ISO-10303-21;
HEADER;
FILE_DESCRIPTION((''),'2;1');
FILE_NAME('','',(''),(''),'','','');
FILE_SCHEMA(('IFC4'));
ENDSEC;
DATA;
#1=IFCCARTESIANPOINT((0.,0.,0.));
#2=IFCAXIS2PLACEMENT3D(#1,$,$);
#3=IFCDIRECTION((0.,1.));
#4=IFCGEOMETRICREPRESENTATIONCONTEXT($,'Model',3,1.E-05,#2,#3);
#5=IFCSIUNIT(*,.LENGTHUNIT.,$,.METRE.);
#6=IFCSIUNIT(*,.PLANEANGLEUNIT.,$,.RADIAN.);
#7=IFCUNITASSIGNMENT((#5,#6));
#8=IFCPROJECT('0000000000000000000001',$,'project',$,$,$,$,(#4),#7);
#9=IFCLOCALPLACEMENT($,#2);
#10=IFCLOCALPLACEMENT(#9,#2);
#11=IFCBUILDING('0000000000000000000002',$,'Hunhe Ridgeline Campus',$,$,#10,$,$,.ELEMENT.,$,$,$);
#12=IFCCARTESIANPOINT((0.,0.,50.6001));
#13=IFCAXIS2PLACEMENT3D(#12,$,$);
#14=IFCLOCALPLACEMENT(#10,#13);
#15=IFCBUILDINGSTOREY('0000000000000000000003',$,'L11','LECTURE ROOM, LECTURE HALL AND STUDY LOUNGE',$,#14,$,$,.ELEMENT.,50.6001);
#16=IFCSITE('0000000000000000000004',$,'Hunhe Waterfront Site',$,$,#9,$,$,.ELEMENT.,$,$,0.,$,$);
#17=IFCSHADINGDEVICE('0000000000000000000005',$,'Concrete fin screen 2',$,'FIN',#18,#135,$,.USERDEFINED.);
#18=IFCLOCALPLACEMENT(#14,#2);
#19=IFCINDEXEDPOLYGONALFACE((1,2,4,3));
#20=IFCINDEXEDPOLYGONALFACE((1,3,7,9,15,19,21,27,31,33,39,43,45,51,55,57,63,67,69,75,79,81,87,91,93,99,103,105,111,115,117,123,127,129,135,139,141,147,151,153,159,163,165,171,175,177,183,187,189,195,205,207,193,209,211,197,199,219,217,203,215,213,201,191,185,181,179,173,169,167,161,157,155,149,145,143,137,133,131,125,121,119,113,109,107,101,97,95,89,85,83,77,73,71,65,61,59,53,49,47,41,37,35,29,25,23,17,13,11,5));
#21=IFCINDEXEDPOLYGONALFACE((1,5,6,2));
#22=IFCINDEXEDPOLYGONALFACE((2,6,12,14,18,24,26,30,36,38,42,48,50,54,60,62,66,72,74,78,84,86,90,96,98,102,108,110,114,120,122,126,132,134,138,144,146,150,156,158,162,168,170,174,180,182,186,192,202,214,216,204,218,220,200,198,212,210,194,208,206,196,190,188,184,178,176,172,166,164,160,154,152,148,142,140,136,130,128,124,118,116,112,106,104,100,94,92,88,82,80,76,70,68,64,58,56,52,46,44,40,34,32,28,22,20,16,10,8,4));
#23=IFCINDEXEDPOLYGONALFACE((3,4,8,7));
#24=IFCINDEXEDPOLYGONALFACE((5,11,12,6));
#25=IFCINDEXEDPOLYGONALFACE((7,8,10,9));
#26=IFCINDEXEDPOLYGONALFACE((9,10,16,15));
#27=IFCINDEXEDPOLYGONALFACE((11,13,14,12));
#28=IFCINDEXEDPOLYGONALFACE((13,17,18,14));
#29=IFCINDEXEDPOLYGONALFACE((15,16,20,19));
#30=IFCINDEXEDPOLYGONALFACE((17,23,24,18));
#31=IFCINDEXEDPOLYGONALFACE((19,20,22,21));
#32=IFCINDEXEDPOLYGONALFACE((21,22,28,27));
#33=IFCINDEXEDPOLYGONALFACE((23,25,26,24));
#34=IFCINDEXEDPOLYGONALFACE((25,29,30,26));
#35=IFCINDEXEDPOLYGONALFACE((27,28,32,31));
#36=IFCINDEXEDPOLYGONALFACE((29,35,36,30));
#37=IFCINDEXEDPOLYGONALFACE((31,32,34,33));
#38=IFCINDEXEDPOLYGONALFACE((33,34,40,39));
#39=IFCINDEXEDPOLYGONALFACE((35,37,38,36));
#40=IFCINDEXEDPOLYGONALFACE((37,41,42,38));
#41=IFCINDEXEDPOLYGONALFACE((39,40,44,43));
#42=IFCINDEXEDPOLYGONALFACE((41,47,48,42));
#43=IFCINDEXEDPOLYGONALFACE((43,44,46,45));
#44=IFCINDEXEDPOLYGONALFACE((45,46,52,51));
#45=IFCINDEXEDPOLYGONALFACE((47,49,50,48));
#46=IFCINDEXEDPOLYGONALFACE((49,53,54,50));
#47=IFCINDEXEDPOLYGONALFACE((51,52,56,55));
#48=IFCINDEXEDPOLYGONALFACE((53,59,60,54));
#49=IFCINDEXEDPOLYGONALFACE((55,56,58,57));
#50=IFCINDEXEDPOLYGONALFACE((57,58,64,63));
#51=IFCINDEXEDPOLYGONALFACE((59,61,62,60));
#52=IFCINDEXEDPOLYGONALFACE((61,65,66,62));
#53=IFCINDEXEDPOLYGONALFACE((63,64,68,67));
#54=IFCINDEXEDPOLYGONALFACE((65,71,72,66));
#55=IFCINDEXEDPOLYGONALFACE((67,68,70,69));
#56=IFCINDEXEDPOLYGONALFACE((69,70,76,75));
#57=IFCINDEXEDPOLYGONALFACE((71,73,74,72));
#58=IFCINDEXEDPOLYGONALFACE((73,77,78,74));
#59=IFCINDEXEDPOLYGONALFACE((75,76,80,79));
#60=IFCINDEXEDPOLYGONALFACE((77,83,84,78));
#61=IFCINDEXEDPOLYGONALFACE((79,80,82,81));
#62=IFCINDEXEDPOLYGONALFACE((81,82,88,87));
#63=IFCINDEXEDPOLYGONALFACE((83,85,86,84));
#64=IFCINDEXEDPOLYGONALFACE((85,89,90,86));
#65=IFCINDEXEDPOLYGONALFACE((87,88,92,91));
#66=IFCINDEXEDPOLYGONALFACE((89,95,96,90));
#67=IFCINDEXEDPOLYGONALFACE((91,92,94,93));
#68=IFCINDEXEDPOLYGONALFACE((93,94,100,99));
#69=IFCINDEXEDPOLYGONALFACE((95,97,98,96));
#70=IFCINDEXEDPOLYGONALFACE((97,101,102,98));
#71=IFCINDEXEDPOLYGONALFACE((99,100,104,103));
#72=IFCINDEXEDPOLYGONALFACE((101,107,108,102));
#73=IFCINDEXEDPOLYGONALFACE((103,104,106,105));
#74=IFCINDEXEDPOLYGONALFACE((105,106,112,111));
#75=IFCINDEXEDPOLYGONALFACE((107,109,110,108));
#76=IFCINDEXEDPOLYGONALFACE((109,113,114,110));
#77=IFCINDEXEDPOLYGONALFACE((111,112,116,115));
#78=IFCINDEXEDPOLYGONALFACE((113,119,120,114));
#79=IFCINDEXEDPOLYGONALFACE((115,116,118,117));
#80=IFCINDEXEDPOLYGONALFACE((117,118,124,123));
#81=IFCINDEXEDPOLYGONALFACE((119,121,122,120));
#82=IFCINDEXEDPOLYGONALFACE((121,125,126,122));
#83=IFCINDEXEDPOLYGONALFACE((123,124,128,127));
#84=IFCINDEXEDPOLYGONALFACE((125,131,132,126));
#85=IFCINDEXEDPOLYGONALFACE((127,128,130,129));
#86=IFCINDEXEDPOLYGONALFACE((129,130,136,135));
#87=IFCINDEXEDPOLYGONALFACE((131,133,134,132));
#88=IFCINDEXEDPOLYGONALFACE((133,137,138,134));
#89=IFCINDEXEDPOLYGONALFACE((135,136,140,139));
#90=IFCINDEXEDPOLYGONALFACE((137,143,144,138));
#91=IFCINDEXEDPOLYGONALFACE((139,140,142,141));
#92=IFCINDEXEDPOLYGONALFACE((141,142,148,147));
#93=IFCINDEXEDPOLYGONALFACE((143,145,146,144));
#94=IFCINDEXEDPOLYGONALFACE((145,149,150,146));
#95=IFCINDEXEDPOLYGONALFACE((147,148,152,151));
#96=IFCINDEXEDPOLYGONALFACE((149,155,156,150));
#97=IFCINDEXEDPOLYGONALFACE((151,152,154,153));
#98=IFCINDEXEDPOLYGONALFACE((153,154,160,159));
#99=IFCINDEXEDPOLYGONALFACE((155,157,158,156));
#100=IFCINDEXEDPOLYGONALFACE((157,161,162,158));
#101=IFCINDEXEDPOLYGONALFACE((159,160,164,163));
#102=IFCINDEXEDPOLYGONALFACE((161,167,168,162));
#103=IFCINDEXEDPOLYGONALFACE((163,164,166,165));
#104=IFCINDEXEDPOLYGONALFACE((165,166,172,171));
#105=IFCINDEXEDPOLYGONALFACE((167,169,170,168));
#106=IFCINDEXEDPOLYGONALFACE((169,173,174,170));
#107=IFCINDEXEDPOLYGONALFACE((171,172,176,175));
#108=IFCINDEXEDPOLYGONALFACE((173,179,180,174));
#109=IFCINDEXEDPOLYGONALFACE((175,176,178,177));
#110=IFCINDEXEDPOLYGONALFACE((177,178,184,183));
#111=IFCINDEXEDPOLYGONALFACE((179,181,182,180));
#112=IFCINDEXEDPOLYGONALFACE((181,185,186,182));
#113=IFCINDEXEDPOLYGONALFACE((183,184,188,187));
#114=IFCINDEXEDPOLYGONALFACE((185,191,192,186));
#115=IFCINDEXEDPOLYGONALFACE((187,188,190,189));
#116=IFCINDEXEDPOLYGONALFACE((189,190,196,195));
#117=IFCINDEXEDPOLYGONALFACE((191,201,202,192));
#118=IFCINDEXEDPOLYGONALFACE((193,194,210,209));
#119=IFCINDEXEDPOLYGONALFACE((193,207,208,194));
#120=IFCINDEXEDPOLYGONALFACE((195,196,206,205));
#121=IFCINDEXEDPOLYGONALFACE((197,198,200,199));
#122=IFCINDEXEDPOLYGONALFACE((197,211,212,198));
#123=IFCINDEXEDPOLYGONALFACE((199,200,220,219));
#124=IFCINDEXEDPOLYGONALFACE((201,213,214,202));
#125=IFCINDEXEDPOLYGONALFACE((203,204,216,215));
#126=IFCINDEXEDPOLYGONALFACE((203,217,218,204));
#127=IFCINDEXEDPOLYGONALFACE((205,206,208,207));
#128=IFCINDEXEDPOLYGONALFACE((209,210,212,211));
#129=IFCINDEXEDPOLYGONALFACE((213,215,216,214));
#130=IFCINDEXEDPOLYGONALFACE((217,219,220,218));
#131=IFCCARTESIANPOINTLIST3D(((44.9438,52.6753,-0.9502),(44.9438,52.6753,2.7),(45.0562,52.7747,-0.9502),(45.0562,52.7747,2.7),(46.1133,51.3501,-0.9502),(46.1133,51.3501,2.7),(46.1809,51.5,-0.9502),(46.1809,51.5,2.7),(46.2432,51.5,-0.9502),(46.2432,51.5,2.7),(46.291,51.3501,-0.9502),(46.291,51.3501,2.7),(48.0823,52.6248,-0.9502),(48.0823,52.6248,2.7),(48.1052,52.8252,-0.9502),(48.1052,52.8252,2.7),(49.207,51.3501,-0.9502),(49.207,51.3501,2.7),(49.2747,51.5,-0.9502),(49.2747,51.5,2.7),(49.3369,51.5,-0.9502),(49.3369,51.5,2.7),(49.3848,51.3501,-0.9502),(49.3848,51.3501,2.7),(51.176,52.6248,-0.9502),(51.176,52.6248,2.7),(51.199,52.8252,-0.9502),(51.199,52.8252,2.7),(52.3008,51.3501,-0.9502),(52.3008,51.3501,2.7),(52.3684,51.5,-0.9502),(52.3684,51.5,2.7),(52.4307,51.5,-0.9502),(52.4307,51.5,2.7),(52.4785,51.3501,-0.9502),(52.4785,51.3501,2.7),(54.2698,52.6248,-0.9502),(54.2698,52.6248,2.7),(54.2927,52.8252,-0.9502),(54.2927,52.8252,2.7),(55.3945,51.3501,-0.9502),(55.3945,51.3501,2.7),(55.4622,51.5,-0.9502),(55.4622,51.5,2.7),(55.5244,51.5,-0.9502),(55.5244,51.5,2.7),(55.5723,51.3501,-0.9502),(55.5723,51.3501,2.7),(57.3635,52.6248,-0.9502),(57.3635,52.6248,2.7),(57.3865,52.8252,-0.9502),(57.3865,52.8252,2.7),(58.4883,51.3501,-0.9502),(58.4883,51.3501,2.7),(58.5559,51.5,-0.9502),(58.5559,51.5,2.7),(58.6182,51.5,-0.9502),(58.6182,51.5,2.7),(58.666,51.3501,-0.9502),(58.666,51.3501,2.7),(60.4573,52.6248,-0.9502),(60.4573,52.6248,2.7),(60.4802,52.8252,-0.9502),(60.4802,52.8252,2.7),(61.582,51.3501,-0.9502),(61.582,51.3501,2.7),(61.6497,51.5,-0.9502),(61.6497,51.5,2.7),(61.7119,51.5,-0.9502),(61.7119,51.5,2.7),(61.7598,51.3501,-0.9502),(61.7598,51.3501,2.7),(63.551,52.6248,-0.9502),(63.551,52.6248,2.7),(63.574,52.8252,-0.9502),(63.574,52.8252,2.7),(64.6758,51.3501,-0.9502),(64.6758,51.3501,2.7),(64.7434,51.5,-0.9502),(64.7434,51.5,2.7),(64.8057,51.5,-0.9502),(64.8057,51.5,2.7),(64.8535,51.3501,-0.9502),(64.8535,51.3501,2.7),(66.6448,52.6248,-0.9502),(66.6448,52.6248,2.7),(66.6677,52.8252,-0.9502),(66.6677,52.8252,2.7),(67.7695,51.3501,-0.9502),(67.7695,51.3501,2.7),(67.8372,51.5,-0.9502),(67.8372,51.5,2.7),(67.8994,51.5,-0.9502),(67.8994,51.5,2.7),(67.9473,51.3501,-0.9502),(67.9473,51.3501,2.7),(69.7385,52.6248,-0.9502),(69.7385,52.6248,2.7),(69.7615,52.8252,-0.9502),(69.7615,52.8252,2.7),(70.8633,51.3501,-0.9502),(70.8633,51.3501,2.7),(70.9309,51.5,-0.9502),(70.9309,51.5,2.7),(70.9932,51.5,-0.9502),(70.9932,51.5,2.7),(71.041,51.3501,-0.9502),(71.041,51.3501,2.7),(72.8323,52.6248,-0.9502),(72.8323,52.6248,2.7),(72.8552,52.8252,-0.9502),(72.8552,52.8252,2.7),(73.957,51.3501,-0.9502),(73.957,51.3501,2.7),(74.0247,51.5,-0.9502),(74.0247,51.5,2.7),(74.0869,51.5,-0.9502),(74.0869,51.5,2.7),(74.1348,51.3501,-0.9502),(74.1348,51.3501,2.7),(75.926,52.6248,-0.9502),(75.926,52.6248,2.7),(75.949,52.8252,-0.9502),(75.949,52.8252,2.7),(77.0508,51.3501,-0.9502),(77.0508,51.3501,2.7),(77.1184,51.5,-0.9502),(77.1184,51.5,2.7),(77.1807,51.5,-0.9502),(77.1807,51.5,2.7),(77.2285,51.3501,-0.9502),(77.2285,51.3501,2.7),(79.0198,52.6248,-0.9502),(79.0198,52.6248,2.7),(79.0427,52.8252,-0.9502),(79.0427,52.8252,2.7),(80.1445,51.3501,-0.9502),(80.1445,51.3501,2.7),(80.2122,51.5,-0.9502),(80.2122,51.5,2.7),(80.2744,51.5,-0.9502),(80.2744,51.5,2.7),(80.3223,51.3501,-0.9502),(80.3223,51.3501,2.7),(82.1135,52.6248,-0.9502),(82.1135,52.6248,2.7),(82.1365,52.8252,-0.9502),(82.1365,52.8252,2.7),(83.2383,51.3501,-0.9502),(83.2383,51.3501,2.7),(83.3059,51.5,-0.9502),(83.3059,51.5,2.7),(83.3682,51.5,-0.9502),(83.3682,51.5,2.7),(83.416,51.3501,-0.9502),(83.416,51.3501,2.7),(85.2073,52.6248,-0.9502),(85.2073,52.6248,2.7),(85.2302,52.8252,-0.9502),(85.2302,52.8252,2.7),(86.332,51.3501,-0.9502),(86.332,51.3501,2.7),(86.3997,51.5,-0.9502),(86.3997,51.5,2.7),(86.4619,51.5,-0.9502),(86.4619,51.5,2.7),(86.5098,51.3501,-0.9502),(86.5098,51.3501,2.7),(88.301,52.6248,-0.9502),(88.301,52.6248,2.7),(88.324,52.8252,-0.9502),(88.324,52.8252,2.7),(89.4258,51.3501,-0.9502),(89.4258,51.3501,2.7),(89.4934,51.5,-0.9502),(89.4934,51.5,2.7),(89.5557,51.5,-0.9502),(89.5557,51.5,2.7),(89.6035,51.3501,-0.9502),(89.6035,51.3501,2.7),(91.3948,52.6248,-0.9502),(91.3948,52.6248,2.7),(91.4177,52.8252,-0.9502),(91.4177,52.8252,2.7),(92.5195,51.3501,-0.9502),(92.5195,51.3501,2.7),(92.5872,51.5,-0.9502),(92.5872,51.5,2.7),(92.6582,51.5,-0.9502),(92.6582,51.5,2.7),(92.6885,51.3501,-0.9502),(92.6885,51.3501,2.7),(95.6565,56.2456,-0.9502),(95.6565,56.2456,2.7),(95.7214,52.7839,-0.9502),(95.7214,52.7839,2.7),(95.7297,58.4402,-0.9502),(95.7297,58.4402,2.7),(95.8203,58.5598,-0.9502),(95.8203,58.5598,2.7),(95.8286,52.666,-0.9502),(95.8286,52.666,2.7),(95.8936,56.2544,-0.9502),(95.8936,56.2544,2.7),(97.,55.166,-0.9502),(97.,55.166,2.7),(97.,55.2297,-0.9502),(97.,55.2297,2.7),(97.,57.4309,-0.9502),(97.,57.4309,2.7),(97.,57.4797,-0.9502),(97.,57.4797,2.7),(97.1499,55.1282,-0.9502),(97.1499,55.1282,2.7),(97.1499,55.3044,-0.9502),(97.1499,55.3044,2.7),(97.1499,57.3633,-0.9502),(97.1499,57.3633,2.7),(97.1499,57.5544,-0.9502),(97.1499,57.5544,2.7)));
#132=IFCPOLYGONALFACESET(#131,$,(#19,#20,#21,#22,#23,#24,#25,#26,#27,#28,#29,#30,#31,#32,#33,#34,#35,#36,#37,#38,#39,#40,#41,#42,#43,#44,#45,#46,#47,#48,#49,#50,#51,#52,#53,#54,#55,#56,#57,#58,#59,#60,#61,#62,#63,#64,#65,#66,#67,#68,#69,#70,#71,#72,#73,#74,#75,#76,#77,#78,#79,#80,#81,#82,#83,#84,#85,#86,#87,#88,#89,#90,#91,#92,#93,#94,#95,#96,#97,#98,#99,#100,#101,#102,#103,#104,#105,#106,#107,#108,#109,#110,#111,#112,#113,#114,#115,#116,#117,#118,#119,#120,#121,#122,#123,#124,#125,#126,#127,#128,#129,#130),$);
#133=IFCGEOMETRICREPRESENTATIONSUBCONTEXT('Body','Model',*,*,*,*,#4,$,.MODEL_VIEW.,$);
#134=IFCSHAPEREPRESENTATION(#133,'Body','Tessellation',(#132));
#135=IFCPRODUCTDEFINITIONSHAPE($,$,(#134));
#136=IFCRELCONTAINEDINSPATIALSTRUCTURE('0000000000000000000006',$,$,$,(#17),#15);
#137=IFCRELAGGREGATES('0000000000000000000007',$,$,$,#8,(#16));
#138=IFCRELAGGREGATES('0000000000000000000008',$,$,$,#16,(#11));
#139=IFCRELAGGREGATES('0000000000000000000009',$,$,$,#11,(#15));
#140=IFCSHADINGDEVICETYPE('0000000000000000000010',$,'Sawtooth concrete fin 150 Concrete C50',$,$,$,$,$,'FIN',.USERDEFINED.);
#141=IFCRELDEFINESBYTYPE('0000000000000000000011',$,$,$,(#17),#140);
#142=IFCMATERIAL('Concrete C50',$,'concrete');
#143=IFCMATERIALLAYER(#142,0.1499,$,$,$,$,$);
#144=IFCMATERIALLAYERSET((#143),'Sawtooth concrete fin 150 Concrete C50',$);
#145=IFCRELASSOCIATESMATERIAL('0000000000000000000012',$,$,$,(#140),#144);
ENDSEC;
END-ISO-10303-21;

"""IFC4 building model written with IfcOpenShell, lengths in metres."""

from ifc_helpers import new_model, si_unit, direction, frame, origin, place, context, subcontext, project, spatial, polyline, outline, extrude, material, layer, layer_set, type_object, element, save


model = new_model("IFC4")

# Units and contexts
model_context = context("Model", 3, precision=1e-05, world=origin(), true_north=direction((0.0, 1.0)))
body_context = subcontext(model_context, "Body", "Model", "MODEL_VIEW")
ifc_project = project(units=[si_unit("LENGTHUNIT", "METRE"), si_unit("PLANEANGLEUNIT", "RADIAN")], contexts=[model_context])

# Site, building, storey
site_placement = place(None, origin())
site = spatial("IfcSite", under=ifc_project, at=site_placement, Name="Hunhe Waterfront Site", CompositionType="ELEMENT", RefElevation=0.0)
building_placement = place(site_placement, origin())
building = spatial("IfcBuilding", under=site, at=building_placement, Name="Hunhe Ridgeline Campus", CompositionType="ELEMENT")
storey_placement = place(building_placement, frame((0.0, 0.0, 50.6001)))
storey = spatial("IfcBuildingStorey", under=building, at=storey_placement, Name="L11", Description="LECTURE ROOM, LECTURE HALL AND STUDY LOUNGE", CompositionType="ELEMENT", Elevation=50.6001)

# Shading device
ifc_material_1 = material(Name="Concrete C50", Category="concrete")
ifc_layer_1 = layer(ifc_material_1, 0.1499)
ifc_layer_set_1 = layer_set([ifc_layer_1], Name="Sawtooth concrete fin 150 Concrete C50")
shading_device_type = type_object("IfcShadingDeviceType", Name="Sawtooth concrete fin 150 Concrete C50", ElementType="FIN", PredefinedType="USERDEFINED", material=ifc_layer_set_1)
shading_device_1_placement = place(storey_placement, frame((0.0, 0.0, -0.9502)))
element("IfcShadingDevice", 1, at=shading_device_1_placement, inside=storey, type_object=shading_device_type, Name="Concrete fin screen 2", ObjectType="FIN", PredefinedType="USERDEFINED", context=body_context, shape_type="SweptSolid", body=[
    extrude(outline(polyline([(45.0562, 52.7747), (44.9438, 52.6753), (46.1133, 51.3501), (46.291, 51.3501), (48.0823, 52.6248), (49.207, 51.3501), (49.3848, 51.3501), (51.176, 52.6248), (52.3008, 51.3501), (52.4785, 51.3501), (54.2698, 52.6248), (55.3945, 51.3501), (55.5723, 51.3501), (57.3635, 52.6248), (58.4883, 51.3501), (58.666, 51.3501), (60.4573, 52.6248), (61.582, 51.3501), (61.7598, 51.3501), (63.551, 52.6248), (64.6758, 51.3501), (64.8535, 51.3501), (66.6448, 52.6248), (67.7695, 51.3501), (67.9473, 51.3501), (69.7385, 52.6248), (70.8633, 51.3501), (71.041, 51.3501), (72.8323, 52.6248), (73.957, 51.3501), (74.1348, 51.3501), (75.926, 52.6248), (77.0508, 51.3501), (77.2285, 51.3501), (79.0198, 52.6248), (80.1445, 51.3501), (80.3223, 51.3501), (82.1135, 52.6248), (83.2383, 51.3501), (83.416, 51.3501), (85.2073, 52.6248), (86.332, 51.3501), (86.5098, 51.3501), (88.301, 52.6248), (89.4258, 51.3501), (89.6035, 51.3501), (91.3948, 52.6248), (92.5195, 51.3501), (92.6885, 51.3501), (95.8286, 52.666), (97.1499, 55.1282), (97.1499, 55.3044), (95.8936, 56.2544), (97.1499, 57.3633), (97.1499, 57.5544), (95.8203, 58.5598), (95.7297, 58.4402), (97.0, 57.4797), (97.0, 57.4309), (95.6565, 56.2456), (97.0, 55.2297), (97.0, 55.166), (95.7214, 52.7839), (92.6582, 51.5), (92.5872, 51.5), (91.4177, 52.8252), (89.5557, 51.5), (89.4934, 51.5), (88.324, 52.8252), (86.4619, 51.5), (86.3997, 51.5), (85.2302, 52.8252), (83.3682, 51.5), (83.3059, 51.5), (82.1365, 52.8252), (80.2744, 51.5), (80.2122, 51.5), (79.0427, 52.8252), (77.1807, 51.5), (77.1184, 51.5), (75.949, 52.8252), (74.0869, 51.5), (74.0247, 51.5), (72.8552, 52.8252), (70.9932, 51.5), (70.9309, 51.5), (69.7615, 52.8252), (67.8994, 51.5), (67.8372, 51.5), (66.6677, 52.8252), (64.8057, 51.5), (64.7434, 51.5), (63.574, 52.8252), (61.7119, 51.5), (61.6497, 51.5), (60.4802, 52.8252), (58.6182, 51.5), (58.5559, 51.5), (57.3865, 52.8252), (55.5244, 51.5), (55.4622, 51.5), (54.2927, 52.8252), (52.4307, 51.5), (52.3684, 51.5), (51.199, 52.8252), (49.3369, 51.5), (49.2747, 51.5), (48.1052, 52.8252), (46.2432, 51.5), (46.1809, 51.5), (45.0562, 52.7747)])), origin(), (0.0, 0.0, 1.0), 3.6501),
])

save(model, "model.ifc")
